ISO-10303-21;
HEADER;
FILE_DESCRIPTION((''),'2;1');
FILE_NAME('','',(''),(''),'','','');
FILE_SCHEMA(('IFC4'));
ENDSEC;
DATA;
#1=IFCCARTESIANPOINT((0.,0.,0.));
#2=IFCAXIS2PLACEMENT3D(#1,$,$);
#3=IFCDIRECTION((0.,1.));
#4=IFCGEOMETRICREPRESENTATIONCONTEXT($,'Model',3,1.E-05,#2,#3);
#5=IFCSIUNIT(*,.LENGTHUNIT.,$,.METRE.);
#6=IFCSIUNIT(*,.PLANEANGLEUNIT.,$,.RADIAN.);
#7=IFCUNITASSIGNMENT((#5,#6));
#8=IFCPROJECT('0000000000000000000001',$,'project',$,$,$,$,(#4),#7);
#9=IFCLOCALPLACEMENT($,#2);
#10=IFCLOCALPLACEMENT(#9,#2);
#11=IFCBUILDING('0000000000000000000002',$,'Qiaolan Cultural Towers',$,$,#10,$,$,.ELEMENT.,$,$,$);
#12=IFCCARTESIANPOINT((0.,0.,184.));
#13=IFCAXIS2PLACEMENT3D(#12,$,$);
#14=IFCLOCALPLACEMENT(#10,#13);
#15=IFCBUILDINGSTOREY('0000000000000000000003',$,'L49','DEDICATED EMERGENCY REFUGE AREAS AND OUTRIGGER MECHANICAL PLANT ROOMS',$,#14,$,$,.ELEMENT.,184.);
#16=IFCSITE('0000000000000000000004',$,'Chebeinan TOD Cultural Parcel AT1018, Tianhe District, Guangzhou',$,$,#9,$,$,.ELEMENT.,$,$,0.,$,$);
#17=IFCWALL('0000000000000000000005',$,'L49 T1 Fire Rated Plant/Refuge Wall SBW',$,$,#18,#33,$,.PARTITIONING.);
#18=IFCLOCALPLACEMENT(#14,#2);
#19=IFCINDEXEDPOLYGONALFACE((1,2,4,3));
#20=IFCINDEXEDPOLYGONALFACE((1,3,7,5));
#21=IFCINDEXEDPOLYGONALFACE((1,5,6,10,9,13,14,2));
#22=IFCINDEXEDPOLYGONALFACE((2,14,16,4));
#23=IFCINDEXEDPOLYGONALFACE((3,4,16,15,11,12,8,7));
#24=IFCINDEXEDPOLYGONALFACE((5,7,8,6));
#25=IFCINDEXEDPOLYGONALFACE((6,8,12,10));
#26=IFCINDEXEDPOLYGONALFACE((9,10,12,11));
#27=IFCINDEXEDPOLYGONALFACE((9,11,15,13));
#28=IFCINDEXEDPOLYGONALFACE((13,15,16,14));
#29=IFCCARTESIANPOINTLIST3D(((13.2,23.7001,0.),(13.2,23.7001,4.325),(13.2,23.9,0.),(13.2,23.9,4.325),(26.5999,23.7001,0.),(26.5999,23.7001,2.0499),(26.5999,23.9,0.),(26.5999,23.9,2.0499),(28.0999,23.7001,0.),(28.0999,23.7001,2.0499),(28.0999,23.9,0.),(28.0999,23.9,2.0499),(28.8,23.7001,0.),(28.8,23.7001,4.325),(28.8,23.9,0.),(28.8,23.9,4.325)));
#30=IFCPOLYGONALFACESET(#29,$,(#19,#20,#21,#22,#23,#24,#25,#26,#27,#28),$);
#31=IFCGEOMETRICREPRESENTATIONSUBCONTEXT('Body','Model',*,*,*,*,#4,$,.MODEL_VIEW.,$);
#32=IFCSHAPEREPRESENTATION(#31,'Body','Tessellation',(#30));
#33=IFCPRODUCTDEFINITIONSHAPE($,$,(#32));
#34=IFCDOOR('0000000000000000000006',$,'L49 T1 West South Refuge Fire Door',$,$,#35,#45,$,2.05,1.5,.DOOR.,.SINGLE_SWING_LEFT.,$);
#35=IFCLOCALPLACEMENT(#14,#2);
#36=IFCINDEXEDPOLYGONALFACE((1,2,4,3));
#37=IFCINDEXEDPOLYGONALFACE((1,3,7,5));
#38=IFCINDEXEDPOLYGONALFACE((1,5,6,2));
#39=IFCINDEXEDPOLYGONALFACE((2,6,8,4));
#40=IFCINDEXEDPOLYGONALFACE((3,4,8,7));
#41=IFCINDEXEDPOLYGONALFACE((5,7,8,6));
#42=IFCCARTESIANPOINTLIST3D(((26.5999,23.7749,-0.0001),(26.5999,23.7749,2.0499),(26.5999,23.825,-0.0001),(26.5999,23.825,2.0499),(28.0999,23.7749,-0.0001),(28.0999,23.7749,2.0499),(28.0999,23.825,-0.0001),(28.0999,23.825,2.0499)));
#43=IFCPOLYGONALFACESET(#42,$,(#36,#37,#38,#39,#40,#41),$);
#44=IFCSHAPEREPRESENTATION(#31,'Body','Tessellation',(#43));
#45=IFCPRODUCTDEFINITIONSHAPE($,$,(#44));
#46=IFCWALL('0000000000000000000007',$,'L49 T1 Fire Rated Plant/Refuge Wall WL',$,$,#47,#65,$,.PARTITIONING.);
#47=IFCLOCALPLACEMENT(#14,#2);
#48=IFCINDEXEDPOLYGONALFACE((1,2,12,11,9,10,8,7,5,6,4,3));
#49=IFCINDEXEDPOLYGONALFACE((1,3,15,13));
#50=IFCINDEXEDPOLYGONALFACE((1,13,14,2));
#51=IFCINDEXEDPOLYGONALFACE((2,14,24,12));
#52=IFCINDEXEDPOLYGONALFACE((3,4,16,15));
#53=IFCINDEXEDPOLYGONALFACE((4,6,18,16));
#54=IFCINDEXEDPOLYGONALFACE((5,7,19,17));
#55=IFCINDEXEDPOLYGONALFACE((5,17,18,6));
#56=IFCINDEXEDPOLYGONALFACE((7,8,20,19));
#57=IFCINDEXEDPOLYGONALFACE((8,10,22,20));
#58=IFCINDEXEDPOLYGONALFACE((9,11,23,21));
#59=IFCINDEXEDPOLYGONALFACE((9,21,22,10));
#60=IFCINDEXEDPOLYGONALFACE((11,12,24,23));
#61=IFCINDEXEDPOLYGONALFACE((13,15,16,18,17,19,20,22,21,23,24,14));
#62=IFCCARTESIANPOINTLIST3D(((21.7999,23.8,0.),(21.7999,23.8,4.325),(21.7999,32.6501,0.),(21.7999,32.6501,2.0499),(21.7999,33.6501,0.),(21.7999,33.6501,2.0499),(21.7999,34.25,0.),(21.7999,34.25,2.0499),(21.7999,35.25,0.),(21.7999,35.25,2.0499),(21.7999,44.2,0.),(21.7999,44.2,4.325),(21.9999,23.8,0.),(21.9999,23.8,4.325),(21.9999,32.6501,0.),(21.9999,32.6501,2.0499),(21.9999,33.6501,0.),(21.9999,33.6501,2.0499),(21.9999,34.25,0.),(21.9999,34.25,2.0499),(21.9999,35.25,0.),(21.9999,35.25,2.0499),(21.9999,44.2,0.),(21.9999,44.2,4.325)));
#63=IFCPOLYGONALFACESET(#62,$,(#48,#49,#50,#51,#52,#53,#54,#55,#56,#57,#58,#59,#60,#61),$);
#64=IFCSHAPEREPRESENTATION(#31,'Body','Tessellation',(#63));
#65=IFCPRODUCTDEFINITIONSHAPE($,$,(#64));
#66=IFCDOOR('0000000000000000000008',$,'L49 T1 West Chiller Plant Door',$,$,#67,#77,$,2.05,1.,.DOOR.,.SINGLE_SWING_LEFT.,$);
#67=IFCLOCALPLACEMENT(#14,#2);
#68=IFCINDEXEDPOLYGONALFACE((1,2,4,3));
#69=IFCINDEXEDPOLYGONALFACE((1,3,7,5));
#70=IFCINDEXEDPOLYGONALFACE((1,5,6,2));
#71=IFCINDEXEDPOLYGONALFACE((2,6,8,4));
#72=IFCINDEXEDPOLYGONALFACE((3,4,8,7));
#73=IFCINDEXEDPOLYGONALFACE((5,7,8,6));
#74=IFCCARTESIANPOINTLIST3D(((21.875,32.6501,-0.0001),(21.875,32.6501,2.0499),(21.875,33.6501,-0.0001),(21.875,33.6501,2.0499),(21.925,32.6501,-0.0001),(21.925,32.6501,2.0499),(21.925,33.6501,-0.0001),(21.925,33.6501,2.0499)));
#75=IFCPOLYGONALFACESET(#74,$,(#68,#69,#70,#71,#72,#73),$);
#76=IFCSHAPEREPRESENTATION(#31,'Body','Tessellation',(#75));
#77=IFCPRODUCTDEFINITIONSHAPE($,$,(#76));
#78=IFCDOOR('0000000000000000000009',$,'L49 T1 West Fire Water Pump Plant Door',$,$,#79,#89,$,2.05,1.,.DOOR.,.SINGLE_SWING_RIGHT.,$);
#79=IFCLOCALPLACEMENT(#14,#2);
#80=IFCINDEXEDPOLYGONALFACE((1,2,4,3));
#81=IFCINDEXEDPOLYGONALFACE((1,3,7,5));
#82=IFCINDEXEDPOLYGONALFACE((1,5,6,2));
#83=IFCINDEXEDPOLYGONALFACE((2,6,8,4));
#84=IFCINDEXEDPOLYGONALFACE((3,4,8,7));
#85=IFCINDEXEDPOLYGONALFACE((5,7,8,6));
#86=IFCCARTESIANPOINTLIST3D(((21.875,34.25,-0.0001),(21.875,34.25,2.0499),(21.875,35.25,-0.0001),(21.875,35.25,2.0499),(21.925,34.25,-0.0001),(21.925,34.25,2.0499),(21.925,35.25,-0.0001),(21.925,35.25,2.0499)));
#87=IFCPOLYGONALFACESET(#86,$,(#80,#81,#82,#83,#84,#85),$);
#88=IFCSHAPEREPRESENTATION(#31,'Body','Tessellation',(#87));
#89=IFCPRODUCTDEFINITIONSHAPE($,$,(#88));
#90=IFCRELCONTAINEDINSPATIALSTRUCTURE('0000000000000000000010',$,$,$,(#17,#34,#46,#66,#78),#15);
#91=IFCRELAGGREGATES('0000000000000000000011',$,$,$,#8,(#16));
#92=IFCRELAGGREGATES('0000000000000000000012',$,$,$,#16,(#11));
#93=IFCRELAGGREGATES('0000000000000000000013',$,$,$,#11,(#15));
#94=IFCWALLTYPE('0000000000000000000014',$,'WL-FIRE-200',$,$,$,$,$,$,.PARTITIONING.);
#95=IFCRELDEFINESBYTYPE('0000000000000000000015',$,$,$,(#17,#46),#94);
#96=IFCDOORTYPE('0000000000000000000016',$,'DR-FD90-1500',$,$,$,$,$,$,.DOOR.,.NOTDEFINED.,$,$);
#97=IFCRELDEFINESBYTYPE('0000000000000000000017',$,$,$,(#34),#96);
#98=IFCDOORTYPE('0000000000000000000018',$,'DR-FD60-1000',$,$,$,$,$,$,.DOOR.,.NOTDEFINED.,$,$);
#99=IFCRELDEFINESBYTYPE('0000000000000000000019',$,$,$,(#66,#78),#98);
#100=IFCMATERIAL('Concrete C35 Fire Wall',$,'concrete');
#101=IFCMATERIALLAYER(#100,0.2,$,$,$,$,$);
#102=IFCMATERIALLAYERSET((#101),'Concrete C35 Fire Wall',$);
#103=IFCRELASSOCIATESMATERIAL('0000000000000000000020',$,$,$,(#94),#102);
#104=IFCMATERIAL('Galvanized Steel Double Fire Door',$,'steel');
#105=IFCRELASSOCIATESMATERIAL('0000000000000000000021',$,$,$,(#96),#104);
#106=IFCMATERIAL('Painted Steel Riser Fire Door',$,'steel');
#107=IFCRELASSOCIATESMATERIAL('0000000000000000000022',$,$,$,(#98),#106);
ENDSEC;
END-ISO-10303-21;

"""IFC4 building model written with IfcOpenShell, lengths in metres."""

from ifc_helpers import new_model, si_unit, direction, frame, frame_2d, origin, place, context, subcontext, project, spatial, rectangle, extrude, material, layer, layer_set, type_object, element, fill, save


model = new_model("IFC4")

# Units and contexts
model_context = context("Model", 3, precision=1e-05, world=origin(), true_north=direction((0.0, 1.0)))
body_context = subcontext(model_context, "Body", "Model", "MODEL_VIEW")
ifc_project = project(units=[si_unit("LENGTHUNIT", "METRE"), si_unit("PLANEANGLEUNIT", "RADIAN")], contexts=[model_context])

# Site, building, storey
site_placement = place(None, origin())
site = spatial("IfcSite", under=ifc_project, at=site_placement, Name="Chebeinan TOD Cultural Parcel AT1018, Tianhe District, Guangzhou", CompositionType="ELEMENT", RefElevation=0.0)
building_placement = place(site_placement, origin())
building = spatial("IfcBuilding", under=site, at=building_placement, Name="Qiaolan Cultural Towers", CompositionType="ELEMENT")
storey_placement = place(building_placement, frame((0.0, 0.0, 184.0)))
storey = spatial("IfcBuildingStorey", under=building, at=storey_placement, Name="L49", Description="DEDICATED EMERGENCY REFUGE AREAS AND OUTRIGGER MECHANICAL PLANT ROOMS", CompositionType="ELEMENT", Elevation=184.0)

# Wall, opening, door
ifc_material_1 = material(Name="Concrete C35 Fire Wall", Category="concrete")
ifc_layer_1 = layer(ifc_material_1, 0.2)
ifc_layer_set_1 = layer_set([ifc_layer_1], Name="Concrete C35 Fire Wall")
wall_type_1 = type_object("IfcWallType", Name="WL-FIRE-200", PredefinedType="PARTITIONING", material=ifc_layer_set_1)
wall_1_placement = place(storey_placement, frame((13.2, 23.8, 0.0), z_axis=(0.0, 0.0, 1.0), x_axis=(1.0, 0.0, 0.0)))
wall_1 = element("IfcWall", 1, at=wall_1_placement, inside=storey, type_object=wall_type_1, Name="L49 T1 Fire Rated Plant/Refuge Wall SBW", PredefinedType="PARTITIONING", context=body_context, shape_type="SweptSolid", body=[
    extrude(rectangle(XDim=15.6001, YDim=0.2, at=frame_2d((7.8, 0.0))), origin(), (0.0, 0.0, 1.0), 4.325),
])
opening_1_placement = place(wall_1_placement, frame((13.3999, 0.0, 0.0)))
opening_1 = element("IfcOpeningElement", 2, at=opening_1_placement, cuts=wall_1, PredefinedType="OPENING", context=body_context, shape_type="SweptSolid", body=[
    extrude(rectangle(XDim=1.5, YDim=2.05, at=frame_2d((0.75, 1.0249))), frame((0.0, 0.1099, 0.0), z_axis=(0.0, -1.0, 0.0), x_axis=(1.0, 0.0, 0.0)), (0.0, 0.0, 1.0), 0.22),
])
ifc_material_2 = material(Name="Galvanized Steel Double Fire Door", Category="steel")
door_type_1 = type_object("IfcDoorType", Name="DR-FD90-1500", OperationType="NOTDEFINED", PredefinedType="DOOR", material=ifc_material_2)
door_1_placement = place(opening_1_placement, origin())
door_1 = element("IfcDoor", 3, at=door_1_placement, inside=storey, type_object=door_type_1, Name="L49 T1 West South Refuge Fire Door", OperationType="SINGLE_SWING_LEFT", OverallHeight=2.05, OverallWidth=1.5, PredefinedType="DOOR", context=body_context, shape_type="SweptSolid", body=[
    extrude(rectangle(XDim=1.5, YDim=2.05, at=frame_2d((0.75, 1.0249))), frame((0.0, 0.0249, 0.0), z_axis=(0.0, -1.0, 0.0), x_axis=(1.0, 0.0, 0.0)), (0.0, 0.0, 1.0), 0.05),
])
fill(opening_1, door_1)

# Wall, openings, doors
wall_2_placement = place(storey_placement, frame((21.8999, 23.8, 0.0), z_axis=(0.0, 0.0, 1.0), x_axis=(0.0, 1.0, 0.0)))
wall_2 = element("IfcWall", 4, at=wall_2_placement, inside=storey, type_object=wall_type_1, Name="L49 T1 Fire Rated Plant/Refuge Wall WL", PredefinedType="PARTITIONING", context=body_context, shape_type="SweptSolid", body=[
    extrude(rectangle(XDim=20.3999, YDim=0.2, at=frame_2d((10.2, 0.0))), origin(), (0.0, 0.0, 1.0), 4.325),
])
opening_2_placement = place(wall_2_placement, frame((8.8501, 0.0, 0.0)))
opening_2 = element("IfcOpeningElement", 5, at=opening_2_placement, cuts=wall_2, PredefinedType="OPENING", context=body_context, shape_type="SweptSolid", body=[
    extrude(rectangle(XDim=1.0, YDim=2.05, at=frame_2d((0.5, 1.0249))), frame((0.0, 0.1099, 0.0), z_axis=(0.0, -1.0, 0.0), x_axis=(1.0, 0.0, 0.0)), (0.0, 0.0, 1.0), 0.22),
])
opening_3_placement = place(wall_2_placement, frame((10.45, 0.0, 0.0)))
opening_3 = element("IfcOpeningElement", 6, at=opening_3_placement, cuts=wall_2, PredefinedType="OPENING", context=body_context, shape_type="SweptSolid", body=[
    extrude(rectangle(XDim=1.0, YDim=2.05, at=frame_2d((0.5, 1.0249))), frame((0.0, 0.1099, 0.0), z_axis=(0.0, -1.0, 0.0), x_axis=(1.0, 0.0, 0.0)), (0.0, 0.0, 1.0), 0.22),
])
ifc_material_3 = material(Name="Painted Steel Riser Fire Door", Category="steel")
door_type_2 = type_object("IfcDoorType", Name="DR-FD60-1000", OperationType="NOTDEFINED", PredefinedType="DOOR", material=ifc_material_3)
door_2_placement = place(opening_2_placement, origin())
door_2 = element("IfcDoor", 7, at=door_2_placement, inside=storey, type_object=door_type_2, Name="L49 T1 West Chiller Plant Door", OperationType="SINGLE_SWING_LEFT", OverallHeight=2.05, OverallWidth=1.0, PredefinedType="DOOR", context=body_context, shape_type="SweptSolid", body=[
    extrude(rectangle(XDim=1.0, YDim=2.05, at=frame_2d((0.5, 1.0249))), frame((0.0, 0.0249, 0.0), z_axis=(0.0, -1.0, 0.0), x_axis=(1.0, 0.0, 0.0)), (0.0, 0.0, 1.0), 0.05),
])
fill(opening_2, door_2)
door_3_placement = place(opening_3_placement, origin())
door_3 = element("IfcDoor", 8, at=door_3_placement, inside=storey, type_object=door_type_2, Name="L49 T1 West Fire Water Pump Plant Door", OperationType="SINGLE_SWING_RIGHT", OverallHeight=2.05, OverallWidth=1.0, PredefinedType="DOOR", context=body_context, shape_type="SweptSolid", body=[
    extrude(rectangle(XDim=1.0, YDim=2.05, at=frame_2d((0.5, 1.0249))), frame((0.0, 0.0249, 0.0), z_axis=(0.0, -1.0, 0.0), x_axis=(1.0, 0.0, 0.0)), (0.0, 0.0, 1.0), 0.05),
])
fill(opening_3, door_3)

save(model, "model.ifc")
